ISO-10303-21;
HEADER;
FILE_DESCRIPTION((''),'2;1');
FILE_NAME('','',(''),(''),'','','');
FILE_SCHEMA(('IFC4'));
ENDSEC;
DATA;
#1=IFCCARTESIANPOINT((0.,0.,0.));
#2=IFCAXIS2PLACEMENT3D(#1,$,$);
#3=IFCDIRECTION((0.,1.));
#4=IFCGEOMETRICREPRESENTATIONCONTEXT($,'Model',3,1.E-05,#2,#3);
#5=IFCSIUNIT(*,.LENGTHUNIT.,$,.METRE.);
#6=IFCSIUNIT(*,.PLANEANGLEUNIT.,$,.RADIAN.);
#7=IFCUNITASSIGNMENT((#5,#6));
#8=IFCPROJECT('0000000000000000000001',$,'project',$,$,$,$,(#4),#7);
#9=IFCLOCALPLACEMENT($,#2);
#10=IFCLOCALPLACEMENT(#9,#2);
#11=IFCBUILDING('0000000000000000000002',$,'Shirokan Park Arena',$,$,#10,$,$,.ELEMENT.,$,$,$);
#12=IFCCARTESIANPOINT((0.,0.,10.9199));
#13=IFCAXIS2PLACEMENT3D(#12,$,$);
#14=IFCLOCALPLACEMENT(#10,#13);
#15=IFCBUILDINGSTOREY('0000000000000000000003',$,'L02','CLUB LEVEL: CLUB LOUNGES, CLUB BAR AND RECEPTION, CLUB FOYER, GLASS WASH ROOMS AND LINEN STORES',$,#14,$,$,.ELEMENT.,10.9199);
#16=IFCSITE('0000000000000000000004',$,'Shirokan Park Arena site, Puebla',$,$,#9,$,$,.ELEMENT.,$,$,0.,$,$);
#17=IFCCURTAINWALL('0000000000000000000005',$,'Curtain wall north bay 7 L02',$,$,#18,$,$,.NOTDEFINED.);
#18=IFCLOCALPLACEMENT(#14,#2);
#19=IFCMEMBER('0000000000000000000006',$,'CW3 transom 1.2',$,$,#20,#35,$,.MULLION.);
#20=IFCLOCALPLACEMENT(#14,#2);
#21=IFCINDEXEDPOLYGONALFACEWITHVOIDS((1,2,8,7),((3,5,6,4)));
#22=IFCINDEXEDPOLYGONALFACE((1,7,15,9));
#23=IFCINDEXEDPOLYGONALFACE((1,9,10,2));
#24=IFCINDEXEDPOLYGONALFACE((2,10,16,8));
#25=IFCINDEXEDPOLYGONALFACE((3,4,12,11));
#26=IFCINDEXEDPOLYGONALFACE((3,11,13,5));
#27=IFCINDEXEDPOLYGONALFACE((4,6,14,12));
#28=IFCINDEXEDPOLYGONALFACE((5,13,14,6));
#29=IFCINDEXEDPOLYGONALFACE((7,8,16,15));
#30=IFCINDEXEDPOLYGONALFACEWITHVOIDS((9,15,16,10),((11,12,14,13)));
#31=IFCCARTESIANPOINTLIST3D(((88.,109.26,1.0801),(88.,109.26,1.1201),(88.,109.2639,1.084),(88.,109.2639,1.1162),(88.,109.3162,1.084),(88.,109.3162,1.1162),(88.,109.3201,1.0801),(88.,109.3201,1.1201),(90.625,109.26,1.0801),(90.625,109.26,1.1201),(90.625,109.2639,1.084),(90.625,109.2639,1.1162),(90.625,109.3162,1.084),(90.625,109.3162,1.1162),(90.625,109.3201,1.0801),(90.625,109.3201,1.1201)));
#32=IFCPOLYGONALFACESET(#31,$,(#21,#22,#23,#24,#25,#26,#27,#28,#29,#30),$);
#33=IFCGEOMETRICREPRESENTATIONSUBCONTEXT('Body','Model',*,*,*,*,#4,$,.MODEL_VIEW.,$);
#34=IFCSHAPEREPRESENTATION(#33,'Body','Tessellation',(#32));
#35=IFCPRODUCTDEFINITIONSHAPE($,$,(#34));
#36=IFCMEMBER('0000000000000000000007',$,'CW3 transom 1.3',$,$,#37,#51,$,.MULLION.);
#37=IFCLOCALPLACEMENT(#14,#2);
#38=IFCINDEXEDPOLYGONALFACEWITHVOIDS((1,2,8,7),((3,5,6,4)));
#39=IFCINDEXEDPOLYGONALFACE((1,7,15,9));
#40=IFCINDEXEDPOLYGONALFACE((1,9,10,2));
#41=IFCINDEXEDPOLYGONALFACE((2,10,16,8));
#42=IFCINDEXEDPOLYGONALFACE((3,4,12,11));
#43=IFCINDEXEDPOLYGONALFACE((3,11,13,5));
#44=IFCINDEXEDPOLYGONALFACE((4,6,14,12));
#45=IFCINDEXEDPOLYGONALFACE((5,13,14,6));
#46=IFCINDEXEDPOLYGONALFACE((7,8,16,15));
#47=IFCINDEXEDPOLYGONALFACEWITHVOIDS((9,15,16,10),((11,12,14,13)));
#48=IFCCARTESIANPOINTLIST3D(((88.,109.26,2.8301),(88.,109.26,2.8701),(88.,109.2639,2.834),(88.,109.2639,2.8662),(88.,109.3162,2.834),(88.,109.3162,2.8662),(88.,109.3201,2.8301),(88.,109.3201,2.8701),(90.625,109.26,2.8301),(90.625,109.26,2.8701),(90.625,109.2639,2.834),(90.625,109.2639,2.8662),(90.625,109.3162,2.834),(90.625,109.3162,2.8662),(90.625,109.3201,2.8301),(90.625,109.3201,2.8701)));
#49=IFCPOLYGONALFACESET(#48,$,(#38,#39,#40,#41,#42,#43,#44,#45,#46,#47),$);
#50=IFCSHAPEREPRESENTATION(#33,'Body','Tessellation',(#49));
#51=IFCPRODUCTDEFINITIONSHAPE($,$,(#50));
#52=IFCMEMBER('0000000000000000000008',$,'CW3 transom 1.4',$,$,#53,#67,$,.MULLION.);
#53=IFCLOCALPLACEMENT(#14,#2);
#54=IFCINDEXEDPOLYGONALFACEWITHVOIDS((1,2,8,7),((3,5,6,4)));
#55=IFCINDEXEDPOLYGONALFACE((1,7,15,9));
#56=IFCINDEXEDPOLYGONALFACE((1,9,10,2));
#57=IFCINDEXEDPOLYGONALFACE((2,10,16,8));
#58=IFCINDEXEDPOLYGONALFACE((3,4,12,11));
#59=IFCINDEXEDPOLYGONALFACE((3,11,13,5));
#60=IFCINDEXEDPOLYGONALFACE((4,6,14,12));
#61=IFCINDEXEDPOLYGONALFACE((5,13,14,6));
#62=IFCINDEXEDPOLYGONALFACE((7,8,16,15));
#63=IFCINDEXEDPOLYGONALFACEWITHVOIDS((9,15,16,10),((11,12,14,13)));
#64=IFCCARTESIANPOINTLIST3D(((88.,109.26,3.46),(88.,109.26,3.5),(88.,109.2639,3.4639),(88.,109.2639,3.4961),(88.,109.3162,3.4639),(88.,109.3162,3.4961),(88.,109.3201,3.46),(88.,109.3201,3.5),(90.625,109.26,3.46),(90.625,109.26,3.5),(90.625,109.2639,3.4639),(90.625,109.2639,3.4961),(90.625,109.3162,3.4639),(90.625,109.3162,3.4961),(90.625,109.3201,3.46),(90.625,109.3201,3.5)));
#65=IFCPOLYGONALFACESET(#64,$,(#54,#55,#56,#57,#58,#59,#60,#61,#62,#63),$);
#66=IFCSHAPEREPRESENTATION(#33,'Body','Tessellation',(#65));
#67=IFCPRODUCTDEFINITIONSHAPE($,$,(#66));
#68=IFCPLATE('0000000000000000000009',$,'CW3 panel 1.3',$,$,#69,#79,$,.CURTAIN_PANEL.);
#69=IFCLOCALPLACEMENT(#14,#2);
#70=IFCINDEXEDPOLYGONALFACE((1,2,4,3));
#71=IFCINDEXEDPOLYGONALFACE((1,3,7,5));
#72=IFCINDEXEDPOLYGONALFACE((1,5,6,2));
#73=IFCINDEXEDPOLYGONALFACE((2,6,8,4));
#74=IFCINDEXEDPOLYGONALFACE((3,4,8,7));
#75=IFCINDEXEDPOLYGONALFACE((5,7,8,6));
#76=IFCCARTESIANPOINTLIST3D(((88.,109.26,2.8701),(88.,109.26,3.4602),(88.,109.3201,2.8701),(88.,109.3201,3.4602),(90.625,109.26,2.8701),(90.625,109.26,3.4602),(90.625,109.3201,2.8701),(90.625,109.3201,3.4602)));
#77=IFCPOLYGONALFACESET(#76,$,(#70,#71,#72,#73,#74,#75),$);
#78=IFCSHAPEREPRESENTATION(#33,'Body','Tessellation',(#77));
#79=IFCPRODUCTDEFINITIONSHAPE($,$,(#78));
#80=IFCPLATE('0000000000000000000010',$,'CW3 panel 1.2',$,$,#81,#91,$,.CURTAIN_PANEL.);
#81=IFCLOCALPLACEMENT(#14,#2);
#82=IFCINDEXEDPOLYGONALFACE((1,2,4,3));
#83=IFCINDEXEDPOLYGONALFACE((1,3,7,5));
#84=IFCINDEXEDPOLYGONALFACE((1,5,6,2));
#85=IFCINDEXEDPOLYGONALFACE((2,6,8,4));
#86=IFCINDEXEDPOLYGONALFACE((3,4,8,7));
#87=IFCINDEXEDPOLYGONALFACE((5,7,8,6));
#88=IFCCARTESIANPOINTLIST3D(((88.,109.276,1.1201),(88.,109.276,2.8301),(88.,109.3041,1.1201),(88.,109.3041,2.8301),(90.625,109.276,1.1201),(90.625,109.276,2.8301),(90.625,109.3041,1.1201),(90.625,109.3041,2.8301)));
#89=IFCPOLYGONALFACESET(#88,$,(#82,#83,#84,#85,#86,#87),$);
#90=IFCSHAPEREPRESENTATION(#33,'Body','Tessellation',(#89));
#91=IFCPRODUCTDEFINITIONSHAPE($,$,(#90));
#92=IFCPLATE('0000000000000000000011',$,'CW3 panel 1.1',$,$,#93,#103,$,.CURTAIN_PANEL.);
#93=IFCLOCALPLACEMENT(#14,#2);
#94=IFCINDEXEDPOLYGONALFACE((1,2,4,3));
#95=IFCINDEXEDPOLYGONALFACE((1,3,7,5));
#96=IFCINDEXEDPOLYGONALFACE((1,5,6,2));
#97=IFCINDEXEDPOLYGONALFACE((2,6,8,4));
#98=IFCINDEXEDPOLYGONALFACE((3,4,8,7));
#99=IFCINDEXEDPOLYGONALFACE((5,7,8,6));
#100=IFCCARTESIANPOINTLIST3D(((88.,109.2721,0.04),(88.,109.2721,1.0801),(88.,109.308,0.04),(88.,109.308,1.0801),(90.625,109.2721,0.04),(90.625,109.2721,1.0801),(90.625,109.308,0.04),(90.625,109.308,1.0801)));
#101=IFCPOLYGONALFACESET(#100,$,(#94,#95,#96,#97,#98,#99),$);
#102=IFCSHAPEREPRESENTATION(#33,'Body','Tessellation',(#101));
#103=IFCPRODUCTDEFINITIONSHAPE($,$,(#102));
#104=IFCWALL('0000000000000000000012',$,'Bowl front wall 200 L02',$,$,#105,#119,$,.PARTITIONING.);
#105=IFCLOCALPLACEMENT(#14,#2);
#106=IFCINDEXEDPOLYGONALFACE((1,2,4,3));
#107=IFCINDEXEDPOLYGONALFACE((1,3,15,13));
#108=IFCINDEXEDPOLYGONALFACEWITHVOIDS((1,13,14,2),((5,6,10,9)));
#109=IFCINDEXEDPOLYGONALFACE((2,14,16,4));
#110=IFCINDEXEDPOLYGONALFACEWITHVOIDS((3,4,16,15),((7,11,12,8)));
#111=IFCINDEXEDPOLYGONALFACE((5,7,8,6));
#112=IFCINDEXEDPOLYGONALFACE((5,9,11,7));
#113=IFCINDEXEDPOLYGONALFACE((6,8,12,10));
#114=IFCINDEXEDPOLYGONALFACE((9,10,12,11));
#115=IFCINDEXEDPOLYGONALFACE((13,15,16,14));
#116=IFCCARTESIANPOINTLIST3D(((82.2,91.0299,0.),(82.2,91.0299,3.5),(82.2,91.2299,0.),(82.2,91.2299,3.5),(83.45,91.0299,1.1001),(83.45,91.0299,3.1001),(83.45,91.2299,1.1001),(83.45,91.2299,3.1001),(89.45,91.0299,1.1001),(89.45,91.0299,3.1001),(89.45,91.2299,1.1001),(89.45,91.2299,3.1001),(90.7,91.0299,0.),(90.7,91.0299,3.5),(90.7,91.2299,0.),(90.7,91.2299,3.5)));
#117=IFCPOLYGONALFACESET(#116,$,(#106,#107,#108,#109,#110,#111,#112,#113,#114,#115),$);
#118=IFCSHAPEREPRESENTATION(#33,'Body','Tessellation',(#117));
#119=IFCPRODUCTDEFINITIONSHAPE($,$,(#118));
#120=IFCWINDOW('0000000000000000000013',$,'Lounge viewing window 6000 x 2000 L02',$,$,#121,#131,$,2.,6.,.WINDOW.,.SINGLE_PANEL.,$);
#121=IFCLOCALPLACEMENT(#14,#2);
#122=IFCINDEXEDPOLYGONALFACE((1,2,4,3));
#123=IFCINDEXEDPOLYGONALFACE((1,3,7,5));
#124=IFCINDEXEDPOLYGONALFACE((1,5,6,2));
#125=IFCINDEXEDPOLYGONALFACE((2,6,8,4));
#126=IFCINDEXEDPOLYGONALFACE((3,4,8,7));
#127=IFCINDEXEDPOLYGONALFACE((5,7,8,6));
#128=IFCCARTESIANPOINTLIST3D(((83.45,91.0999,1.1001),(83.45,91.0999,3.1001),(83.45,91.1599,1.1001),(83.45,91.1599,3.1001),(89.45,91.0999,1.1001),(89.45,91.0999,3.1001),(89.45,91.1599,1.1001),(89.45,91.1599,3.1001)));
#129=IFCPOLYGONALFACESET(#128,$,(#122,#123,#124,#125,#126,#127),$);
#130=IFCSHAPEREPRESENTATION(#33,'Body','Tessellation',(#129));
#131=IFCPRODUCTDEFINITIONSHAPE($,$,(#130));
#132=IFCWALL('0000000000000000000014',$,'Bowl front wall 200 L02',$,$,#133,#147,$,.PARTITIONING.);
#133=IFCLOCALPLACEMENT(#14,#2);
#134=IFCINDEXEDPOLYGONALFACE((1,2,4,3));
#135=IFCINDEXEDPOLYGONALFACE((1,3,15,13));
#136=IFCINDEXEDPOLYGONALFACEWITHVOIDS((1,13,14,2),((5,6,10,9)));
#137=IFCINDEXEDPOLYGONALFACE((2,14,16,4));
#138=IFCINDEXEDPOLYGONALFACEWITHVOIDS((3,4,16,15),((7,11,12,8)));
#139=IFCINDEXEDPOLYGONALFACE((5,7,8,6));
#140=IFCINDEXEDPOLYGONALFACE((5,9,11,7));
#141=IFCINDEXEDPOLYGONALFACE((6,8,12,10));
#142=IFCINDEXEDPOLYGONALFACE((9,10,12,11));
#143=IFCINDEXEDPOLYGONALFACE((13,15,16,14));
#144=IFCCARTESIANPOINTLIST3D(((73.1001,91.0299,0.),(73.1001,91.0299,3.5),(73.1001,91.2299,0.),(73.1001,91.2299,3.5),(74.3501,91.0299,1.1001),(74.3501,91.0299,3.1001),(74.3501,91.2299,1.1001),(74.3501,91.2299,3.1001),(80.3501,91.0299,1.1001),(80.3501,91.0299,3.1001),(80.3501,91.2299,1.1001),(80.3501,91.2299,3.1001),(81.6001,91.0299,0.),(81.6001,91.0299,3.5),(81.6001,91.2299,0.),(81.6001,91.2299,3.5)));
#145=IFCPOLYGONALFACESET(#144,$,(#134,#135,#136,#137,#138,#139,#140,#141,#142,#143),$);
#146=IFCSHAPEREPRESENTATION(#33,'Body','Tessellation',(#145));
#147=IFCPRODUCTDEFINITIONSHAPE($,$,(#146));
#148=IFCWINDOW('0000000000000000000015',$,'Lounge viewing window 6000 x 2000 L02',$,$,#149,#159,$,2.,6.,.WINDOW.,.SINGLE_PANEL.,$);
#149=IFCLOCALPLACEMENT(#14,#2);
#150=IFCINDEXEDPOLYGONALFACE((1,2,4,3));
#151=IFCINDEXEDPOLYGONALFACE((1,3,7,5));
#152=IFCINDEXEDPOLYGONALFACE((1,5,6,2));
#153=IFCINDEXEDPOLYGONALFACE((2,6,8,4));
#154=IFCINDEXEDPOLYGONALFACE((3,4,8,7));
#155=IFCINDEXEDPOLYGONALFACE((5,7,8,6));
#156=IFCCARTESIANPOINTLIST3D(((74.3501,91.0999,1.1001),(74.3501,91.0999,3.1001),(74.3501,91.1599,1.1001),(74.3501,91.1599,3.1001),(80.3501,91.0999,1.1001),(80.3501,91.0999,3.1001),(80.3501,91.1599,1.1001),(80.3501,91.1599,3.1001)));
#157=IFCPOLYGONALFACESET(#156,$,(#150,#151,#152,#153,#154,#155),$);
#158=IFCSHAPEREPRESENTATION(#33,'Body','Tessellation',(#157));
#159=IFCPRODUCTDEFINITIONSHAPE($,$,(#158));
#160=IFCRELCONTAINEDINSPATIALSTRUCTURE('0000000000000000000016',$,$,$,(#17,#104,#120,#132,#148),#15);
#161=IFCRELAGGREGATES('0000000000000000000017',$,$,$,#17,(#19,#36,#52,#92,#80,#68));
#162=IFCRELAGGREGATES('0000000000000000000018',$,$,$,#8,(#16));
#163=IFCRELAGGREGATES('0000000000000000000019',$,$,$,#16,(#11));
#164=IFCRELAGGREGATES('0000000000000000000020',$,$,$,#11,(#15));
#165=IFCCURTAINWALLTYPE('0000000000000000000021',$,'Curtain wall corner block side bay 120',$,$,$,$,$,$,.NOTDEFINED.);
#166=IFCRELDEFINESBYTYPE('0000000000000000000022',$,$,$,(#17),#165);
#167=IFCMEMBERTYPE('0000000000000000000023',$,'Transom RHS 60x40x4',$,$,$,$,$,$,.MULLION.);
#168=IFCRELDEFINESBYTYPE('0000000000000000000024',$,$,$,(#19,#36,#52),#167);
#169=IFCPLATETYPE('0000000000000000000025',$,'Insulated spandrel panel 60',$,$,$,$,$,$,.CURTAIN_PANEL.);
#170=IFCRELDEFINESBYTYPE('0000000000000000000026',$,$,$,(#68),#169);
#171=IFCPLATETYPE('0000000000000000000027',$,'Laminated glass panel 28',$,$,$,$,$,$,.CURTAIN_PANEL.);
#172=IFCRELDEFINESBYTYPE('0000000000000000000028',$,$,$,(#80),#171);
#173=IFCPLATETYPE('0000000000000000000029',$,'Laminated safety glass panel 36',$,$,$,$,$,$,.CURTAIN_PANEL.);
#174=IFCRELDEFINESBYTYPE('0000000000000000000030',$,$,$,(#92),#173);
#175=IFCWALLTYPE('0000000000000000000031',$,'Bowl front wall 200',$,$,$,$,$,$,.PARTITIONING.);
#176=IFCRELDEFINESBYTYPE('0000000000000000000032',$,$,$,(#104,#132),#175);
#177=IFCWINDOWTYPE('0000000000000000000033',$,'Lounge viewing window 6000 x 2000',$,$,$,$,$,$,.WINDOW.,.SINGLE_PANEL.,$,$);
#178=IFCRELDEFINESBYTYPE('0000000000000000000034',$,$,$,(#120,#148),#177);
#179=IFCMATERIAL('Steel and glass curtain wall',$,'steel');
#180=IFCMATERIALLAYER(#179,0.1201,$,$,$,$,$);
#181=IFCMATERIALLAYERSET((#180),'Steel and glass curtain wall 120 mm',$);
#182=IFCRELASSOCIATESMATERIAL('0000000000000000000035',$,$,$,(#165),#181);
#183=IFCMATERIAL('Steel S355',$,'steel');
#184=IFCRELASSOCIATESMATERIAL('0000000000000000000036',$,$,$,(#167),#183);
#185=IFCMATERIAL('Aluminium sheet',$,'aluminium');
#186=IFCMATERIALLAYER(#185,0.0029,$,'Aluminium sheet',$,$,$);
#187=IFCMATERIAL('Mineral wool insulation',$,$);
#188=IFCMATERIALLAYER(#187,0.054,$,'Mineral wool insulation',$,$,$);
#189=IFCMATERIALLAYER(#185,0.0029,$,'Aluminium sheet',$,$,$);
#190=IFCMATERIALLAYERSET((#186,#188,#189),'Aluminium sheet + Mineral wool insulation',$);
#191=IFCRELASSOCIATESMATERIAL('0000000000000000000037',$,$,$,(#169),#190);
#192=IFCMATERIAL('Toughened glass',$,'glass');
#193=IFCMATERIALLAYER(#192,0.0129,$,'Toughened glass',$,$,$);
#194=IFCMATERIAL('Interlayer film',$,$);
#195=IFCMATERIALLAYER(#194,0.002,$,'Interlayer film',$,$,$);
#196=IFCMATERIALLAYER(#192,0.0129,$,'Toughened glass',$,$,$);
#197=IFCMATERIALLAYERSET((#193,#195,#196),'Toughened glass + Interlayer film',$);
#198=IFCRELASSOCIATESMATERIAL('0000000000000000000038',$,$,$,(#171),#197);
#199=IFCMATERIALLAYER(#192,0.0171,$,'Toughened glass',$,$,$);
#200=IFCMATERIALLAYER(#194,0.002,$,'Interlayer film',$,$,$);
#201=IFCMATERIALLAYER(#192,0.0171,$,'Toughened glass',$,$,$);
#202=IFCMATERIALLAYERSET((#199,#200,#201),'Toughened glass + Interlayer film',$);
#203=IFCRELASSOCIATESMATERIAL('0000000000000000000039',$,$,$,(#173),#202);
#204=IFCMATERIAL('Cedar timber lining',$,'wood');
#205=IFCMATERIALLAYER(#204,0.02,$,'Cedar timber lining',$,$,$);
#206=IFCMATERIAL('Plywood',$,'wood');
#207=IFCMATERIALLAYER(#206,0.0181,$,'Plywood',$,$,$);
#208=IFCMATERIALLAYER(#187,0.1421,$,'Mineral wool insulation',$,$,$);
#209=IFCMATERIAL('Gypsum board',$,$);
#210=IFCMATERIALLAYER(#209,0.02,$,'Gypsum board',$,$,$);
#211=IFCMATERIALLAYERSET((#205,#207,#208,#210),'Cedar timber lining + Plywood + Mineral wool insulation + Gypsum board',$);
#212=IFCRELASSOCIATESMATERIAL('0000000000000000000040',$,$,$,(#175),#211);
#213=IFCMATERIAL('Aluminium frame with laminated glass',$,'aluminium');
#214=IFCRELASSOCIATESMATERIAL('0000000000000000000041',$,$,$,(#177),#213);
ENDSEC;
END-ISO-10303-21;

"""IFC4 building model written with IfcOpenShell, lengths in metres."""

from ifc_helpers import new_model, si_unit, direction, frame, frame_2d, origin, origin_2d, place, context, subcontext, project, spatial, rectangle, hollow_rectangle, extrude, material, layer, layer_set, material_profile, profile_set, type_object, element, fill, aggregate, save


model = new_model("IFC4")

# Units and contexts
model_context = context("Model", 3, precision=1e-05, world=origin(), true_north=direction((0.0, 1.0)))
body_context = subcontext(model_context, "Body", "Model", "MODEL_VIEW")
ifc_project = project(units=[si_unit("LENGTHUNIT", "METRE"), si_unit("PLANEANGLEUNIT", "RADIAN")], contexts=[model_context])

# Site, building, storey
site_placement = place(None, origin())
site = spatial("IfcSite", under=ifc_project, at=site_placement, Name="Shirokan Park Arena site, Puebla", CompositionType="ELEMENT", RefElevation=0.0)
building_placement = place(site_placement, origin())
building = spatial("IfcBuilding", under=site, at=building_placement, Name="Shirokan Park Arena", CompositionType="ELEMENT")
storey_placement = place(building_placement, frame((0.0, 0.0, 10.9199)))
storey = spatial("IfcBuildingStorey", under=building, at=storey_placement, Name="L02", Description="CLUB LEVEL: CLUB LOUNGES, CLUB BAR AND RECEPTION, CLUB FOYER, GLASS WASH ROOMS AND LINEN STORES", CompositionType="ELEMENT", Elevation=10.9199)

# Curtain wall, members, plates
ifc_material_1 = material(Name="Steel and glass curtain wall", Category="steel")
ifc_layer_1 = layer(ifc_material_1, 0.1201)
ifc_layer_set_1 = layer_set([ifc_layer_1], Name="Steel and glass curtain wall 120 mm")
curtain_wall_type = type_object("IfcCurtainWallType", Name="Curtain wall corner block side bay 120", PredefinedType="NOTDEFINED", material=ifc_layer_set_1)
curtain_wall_placement = place(storey_placement, origin())
curtain_wall = element("IfcCurtainWall", 1, at=curtain_wall_placement, inside=storey, type_object=curtain_wall_type, Name="Curtain wall north bay 7 L02", PredefinedType="NOTDEFINED")
ifc_material_2 = material(Name="Steel S355", Category="steel")
ifc_material_profile_1 = material_profile(ifc_material_2, hollow_rectangle(XDim=0.0601, YDim=0.04, WallThickness=0.0039, at=origin_2d()), Name="RHS 60x40x4")
ifc_profile_set_1 = profile_set([ifc_material_profile_1], Name="Steel S355")
member_type = type_object("IfcMemberType", Name="Transom RHS 60x40x4", PredefinedType="MULLION", material=ifc_profile_set_1)
member_1_placement = place(storey_placement, frame((90.625, 109.29, 1.1001), z_axis=(-1.0, 0.0, 0.0), x_axis=(0.0, -1.0, 0.0)))
member_1 = element("IfcMember", 2, at=member_1_placement, type_object=member_type, Name="CW3 transom 1.2", PredefinedType="MULLION", context=body_context, shape_type="SweptSolid", body=[
    extrude(hollow_rectangle(XDim=0.0601, YDim=0.04, WallThickness=0.0039, at=origin_2d()), origin(), (0.0, 0.0, 1.0), 2.625),
])
member_2_placement = place(storey_placement, frame((90.625, 109.29, 2.8501), z_axis=(-1.0, 0.0, 0.0), x_axis=(0.0, -1.0, 0.0)))
member_2 = element("IfcMember", 3, at=member_2_placement, type_object=member_type, Name="CW3 transom 1.3", PredefinedType="MULLION", context=body_context, shape_type="SweptSolid", body=[
    extrude(hollow_rectangle(XDim=0.0601, YDim=0.04, WallThickness=0.0039, at=origin_2d()), origin(), (0.0, 0.0, 1.0), 2.625),
])
member_3_placement = place(storey_placement, frame((90.625, 109.29, 3.48), z_axis=(-1.0, 0.0, 0.0), x_axis=(0.0, -1.0, 0.0)))
member_3 = element("IfcMember", 4, at=member_3_placement, type_object=member_type, Name="CW3 transom 1.4", PredefinedType="MULLION", context=body_context, shape_type="SweptSolid", body=[
    extrude(hollow_rectangle(XDim=0.0601, YDim=0.04, WallThickness=0.0039, at=origin_2d()), origin(), (0.0, 0.0, 1.0), 2.625),
])
ifc_material_3 = material(Name="Aluminium sheet", Category="aluminium")
ifc_layer_2 = layer(ifc_material_3, 0.0029, Name="Aluminium sheet")
ifc_material_4 = material(Name="Mineral wool insulation")
ifc_layer_3 = layer(ifc_material_4, 0.054, Name="Mineral wool insulation")
ifc_layer_4 = layer(ifc_material_3, 0.0029, Name="Aluminium sheet")
ifc_layer_set_2 = layer_set([ifc_layer_2, ifc_layer_3, ifc_layer_4], Name="Aluminium sheet + Mineral wool insulation")
plate_type_1 = type_object("IfcPlateType", Name="Insulated spandrel panel 60", PredefinedType="CURTAIN_PANEL", material=ifc_layer_set_2)
plate_1_placement = place(storey_placement, frame((89.3125, 109.29, 2.8701), z_axis=(0.0, 0.0, 1.0), x_axis=(-1.0, 0.0, 0.0)))
plate_1 = element("IfcPlate", 5, at=plate_1_placement, type_object=plate_type_1, Name="CW3 panel 1.3", PredefinedType="CURTAIN_PANEL", context=body_context, shape_type="SweptSolid", body=[
    extrude(rectangle(XDim=2.625, YDim=0.0601, at=origin_2d()), origin(), (0.0, 0.0, 1.0), 0.5901),
])
ifc_material_5 = material(Name="Toughened glass", Category="glass")
ifc_layer_5 = layer(ifc_material_5, 0.0129, Name="Toughened glass")
ifc_material_6 = material(Name="Interlayer film")
ifc_layer_6 = layer(ifc_material_6, 0.002, Name="Interlayer film")
ifc_layer_7 = layer(ifc_material_5, 0.0129, Name="Toughened glass")
ifc_layer_set_3 = layer_set([ifc_layer_5, ifc_layer_6, ifc_layer_7], Name="Toughened glass + Interlayer film")
plate_type_2 = type_object("IfcPlateType", Name="Laminated glass panel 28", PredefinedType="CURTAIN_PANEL", material=ifc_layer_set_3)
plate_2_placement = place(storey_placement, frame((89.3125, 109.29, 1.1201), z_axis=(0.0, 0.0, 1.0), x_axis=(-1.0, 0.0, 0.0)))
plate_2 = element("IfcPlate", 6, at=plate_2_placement, type_object=plate_type_2, Name="CW3 panel 1.2", PredefinedType="CURTAIN_PANEL", context=body_context, shape_type="SweptSolid", body=[
    extrude(rectangle(XDim=2.625, YDim=0.0281, at=origin_2d()), origin(), (0.0, 0.0, 1.0), 1.71),
])
ifc_layer_8 = layer(ifc_material_5, 0.0171, Name="Toughened glass")
ifc_layer_9 = layer(ifc_material_6, 0.002, Name="Interlayer film")
ifc_layer_10 = layer(ifc_material_5, 0.0171, Name="Toughened glass")
ifc_layer_set_4 = layer_set([ifc_layer_8, ifc_layer_9, ifc_layer_10], Name="Toughened glass + Interlayer film")
plate_type_3 = type_object("IfcPlateType", Name="Laminated safety glass panel 36", PredefinedType="CURTAIN_PANEL", material=ifc_layer_set_4)
plate_3_placement = place(storey_placement, frame((89.3125, 109.29, 0.04), z_axis=(0.0, 0.0, 1.0), x_axis=(-1.0, 0.0, 0.0)))
plate_3 = element("IfcPlate", 7, at=plate_3_placement, type_object=plate_type_3, Name="CW3 panel 1.1", PredefinedType="CURTAIN_PANEL", context=body_context, shape_type="SweptSolid", body=[
    extrude(rectangle(XDim=2.625, YDim=0.0359, at=origin_2d()), origin(), (0.0, 0.0, 1.0), 1.04),
])
aggregate(curtain_wall, [member_1, member_2, member_3, plate_3, plate_2, plate_1])

# Walls, openings, windows
ifc_material_7 = material(Name="Cedar timber lining", Category="wood")
ifc_layer_11 = layer(ifc_material_7, 0.02, Name="Cedar timber lining")
ifc_material_8 = material(Name="Plywood", Category="wood")
ifc_layer_12 = layer(ifc_material_8, 0.0181, Name="Plywood")
ifc_layer_13 = layer(ifc_material_4, 0.1421, Name="Mineral wool insulation")
ifc_material_9 = material(Name="Gypsum board")
ifc_layer_14 = layer(ifc_material_9, 0.02, Name="Gypsum board")
ifc_layer_set_5 = layer_set([ifc_layer_11, ifc_layer_12, ifc_layer_13, ifc_layer_14], Name="Cedar timber lining + Plywood + Mineral wool insulation + Gypsum board")
wall_type_1 = type_object("IfcWallType", Name="Bowl front wall 200", PredefinedType="PARTITIONING", material=ifc_layer_set_5)
wall_1_placement = place(storey_placement, frame((90.7, 91.1299, 0.0), z_axis=(0.0, 0.0, 1.0), x_axis=(-1.0, 0.0, 0.0)))
wall_1 = element("IfcWall", 8, at=wall_1_placement, inside=storey, type_object=wall_type_1, Name="Bowl front wall 200 L02", PredefinedType="PARTITIONING", context=body_context, shape_type="SweptSolid", body=[
    extrude(rectangle(XDim=8.5, YDim=0.2, at=frame_2d((4.25, 0.0))), origin(), (0.0, 0.0, 1.0), 3.5),
])
opening_1_placement = place(wall_1_placement, frame((1.25, 0.0, 1.1001)))
opening_1 = element("IfcOpeningElement", 9, at=opening_1_placement, cuts=wall_1, PredefinedType="OPENING", context=body_context, shape_type="SweptSolid", body=[
    extrude(rectangle(XDim=6.0, YDim=2.0, at=frame_2d((3.0, 1.0))), frame((0.0, 0.1099, 0.0), z_axis=(0.0, -1.0, 0.0), x_axis=(1.0, 0.0, 0.0)), (0.0, 0.0, 1.0), 0.22),
])
ifc_material_10 = material(Name="Aluminium frame with laminated glass", Category="aluminium")
window_type = type_object("IfcWindowType", Name="Lounge viewing window 6000 x 2000", PartitioningType="SINGLE_PANEL", PredefinedType="WINDOW", material=ifc_material_10)
window_1_placement = place(opening_1_placement, origin())
window_1 = element("IfcWindow", 10, at=window_1_placement, inside=storey, type_object=window_type, Name="Lounge viewing window 6000 x 2000 L02", OverallHeight=2.0, OverallWidth=6.0, PartitioningType="SINGLE_PANEL", PredefinedType="WINDOW", context=body_context, shape_type="SweptSolid", body=[
    extrude(rectangle(XDim=6.0, YDim=2.0, at=frame_2d((3.0, 1.0))), frame((0.0, 0.03, 0.0), z_axis=(0.0, -1.0, 0.0), x_axis=(1.0, 0.0, 0.0)), (0.0, 0.0, 1.0), 0.0601),
])
fill(opening_1, window_1)
wall_2_placement = place(storey_placement, frame((81.6001, 91.1299, 0.0), z_axis=(0.0, 0.0, 1.0), x_axis=(-1.0, 0.0, 0.0)))
wall_2 = element("IfcWall", 11, at=wall_2_placement, inside=storey, type_object=wall_type_1, Name="Bowl front wall 200 L02", PredefinedType="PARTITIONING", context=body_context, shape_type="SweptSolid", body=[
    extrude(rectangle(XDim=8.5, YDim=0.2, at=frame_2d((4.25, 0.0))), origin(), (0.0, 0.0, 1.0), 3.5),
])
opening_2_placement = place(wall_2_placement, frame((1.25, 0.0, 1.1001)))
opening_2 = element("IfcOpeningElement", 12, at=opening_2_placement, cuts=wall_2, PredefinedType="OPENING", context=body_context, shape_type="SweptSolid", body=[
    extrude(rectangle(XDim=6.0, YDim=2.0, at=frame_2d((3.0, 1.0))), frame((0.0, 0.1099, 0.0), z_axis=(0.0, -1.0, 0.0), x_axis=(1.0, 0.0, 0.0)), (0.0, 0.0, 1.0), 0.22),
])
window_2_placement = place(opening_2_placement, origin())
window_2 = element("IfcWindow", 13, at=window_2_placement, inside=storey, type_object=window_type, Name="Lounge viewing window 6000 x 2000 L02", OverallHeight=2.0, OverallWidth=6.0, PartitioningType="SINGLE_PANEL", PredefinedType="WINDOW", context=body_context, shape_type="SweptSolid", body=[
    extrude(rectangle(XDim=6.0, YDim=2.0, at=frame_2d((3.0, 1.0))), frame((0.0, 0.03, 0.0), z_axis=(0.0, -1.0, 0.0), x_axis=(1.0, 0.0, 0.0)), (0.0, 0.0, 1.0), 0.0601),
])
fill(opening_2, window_2)

save(model, "model.ifc")
